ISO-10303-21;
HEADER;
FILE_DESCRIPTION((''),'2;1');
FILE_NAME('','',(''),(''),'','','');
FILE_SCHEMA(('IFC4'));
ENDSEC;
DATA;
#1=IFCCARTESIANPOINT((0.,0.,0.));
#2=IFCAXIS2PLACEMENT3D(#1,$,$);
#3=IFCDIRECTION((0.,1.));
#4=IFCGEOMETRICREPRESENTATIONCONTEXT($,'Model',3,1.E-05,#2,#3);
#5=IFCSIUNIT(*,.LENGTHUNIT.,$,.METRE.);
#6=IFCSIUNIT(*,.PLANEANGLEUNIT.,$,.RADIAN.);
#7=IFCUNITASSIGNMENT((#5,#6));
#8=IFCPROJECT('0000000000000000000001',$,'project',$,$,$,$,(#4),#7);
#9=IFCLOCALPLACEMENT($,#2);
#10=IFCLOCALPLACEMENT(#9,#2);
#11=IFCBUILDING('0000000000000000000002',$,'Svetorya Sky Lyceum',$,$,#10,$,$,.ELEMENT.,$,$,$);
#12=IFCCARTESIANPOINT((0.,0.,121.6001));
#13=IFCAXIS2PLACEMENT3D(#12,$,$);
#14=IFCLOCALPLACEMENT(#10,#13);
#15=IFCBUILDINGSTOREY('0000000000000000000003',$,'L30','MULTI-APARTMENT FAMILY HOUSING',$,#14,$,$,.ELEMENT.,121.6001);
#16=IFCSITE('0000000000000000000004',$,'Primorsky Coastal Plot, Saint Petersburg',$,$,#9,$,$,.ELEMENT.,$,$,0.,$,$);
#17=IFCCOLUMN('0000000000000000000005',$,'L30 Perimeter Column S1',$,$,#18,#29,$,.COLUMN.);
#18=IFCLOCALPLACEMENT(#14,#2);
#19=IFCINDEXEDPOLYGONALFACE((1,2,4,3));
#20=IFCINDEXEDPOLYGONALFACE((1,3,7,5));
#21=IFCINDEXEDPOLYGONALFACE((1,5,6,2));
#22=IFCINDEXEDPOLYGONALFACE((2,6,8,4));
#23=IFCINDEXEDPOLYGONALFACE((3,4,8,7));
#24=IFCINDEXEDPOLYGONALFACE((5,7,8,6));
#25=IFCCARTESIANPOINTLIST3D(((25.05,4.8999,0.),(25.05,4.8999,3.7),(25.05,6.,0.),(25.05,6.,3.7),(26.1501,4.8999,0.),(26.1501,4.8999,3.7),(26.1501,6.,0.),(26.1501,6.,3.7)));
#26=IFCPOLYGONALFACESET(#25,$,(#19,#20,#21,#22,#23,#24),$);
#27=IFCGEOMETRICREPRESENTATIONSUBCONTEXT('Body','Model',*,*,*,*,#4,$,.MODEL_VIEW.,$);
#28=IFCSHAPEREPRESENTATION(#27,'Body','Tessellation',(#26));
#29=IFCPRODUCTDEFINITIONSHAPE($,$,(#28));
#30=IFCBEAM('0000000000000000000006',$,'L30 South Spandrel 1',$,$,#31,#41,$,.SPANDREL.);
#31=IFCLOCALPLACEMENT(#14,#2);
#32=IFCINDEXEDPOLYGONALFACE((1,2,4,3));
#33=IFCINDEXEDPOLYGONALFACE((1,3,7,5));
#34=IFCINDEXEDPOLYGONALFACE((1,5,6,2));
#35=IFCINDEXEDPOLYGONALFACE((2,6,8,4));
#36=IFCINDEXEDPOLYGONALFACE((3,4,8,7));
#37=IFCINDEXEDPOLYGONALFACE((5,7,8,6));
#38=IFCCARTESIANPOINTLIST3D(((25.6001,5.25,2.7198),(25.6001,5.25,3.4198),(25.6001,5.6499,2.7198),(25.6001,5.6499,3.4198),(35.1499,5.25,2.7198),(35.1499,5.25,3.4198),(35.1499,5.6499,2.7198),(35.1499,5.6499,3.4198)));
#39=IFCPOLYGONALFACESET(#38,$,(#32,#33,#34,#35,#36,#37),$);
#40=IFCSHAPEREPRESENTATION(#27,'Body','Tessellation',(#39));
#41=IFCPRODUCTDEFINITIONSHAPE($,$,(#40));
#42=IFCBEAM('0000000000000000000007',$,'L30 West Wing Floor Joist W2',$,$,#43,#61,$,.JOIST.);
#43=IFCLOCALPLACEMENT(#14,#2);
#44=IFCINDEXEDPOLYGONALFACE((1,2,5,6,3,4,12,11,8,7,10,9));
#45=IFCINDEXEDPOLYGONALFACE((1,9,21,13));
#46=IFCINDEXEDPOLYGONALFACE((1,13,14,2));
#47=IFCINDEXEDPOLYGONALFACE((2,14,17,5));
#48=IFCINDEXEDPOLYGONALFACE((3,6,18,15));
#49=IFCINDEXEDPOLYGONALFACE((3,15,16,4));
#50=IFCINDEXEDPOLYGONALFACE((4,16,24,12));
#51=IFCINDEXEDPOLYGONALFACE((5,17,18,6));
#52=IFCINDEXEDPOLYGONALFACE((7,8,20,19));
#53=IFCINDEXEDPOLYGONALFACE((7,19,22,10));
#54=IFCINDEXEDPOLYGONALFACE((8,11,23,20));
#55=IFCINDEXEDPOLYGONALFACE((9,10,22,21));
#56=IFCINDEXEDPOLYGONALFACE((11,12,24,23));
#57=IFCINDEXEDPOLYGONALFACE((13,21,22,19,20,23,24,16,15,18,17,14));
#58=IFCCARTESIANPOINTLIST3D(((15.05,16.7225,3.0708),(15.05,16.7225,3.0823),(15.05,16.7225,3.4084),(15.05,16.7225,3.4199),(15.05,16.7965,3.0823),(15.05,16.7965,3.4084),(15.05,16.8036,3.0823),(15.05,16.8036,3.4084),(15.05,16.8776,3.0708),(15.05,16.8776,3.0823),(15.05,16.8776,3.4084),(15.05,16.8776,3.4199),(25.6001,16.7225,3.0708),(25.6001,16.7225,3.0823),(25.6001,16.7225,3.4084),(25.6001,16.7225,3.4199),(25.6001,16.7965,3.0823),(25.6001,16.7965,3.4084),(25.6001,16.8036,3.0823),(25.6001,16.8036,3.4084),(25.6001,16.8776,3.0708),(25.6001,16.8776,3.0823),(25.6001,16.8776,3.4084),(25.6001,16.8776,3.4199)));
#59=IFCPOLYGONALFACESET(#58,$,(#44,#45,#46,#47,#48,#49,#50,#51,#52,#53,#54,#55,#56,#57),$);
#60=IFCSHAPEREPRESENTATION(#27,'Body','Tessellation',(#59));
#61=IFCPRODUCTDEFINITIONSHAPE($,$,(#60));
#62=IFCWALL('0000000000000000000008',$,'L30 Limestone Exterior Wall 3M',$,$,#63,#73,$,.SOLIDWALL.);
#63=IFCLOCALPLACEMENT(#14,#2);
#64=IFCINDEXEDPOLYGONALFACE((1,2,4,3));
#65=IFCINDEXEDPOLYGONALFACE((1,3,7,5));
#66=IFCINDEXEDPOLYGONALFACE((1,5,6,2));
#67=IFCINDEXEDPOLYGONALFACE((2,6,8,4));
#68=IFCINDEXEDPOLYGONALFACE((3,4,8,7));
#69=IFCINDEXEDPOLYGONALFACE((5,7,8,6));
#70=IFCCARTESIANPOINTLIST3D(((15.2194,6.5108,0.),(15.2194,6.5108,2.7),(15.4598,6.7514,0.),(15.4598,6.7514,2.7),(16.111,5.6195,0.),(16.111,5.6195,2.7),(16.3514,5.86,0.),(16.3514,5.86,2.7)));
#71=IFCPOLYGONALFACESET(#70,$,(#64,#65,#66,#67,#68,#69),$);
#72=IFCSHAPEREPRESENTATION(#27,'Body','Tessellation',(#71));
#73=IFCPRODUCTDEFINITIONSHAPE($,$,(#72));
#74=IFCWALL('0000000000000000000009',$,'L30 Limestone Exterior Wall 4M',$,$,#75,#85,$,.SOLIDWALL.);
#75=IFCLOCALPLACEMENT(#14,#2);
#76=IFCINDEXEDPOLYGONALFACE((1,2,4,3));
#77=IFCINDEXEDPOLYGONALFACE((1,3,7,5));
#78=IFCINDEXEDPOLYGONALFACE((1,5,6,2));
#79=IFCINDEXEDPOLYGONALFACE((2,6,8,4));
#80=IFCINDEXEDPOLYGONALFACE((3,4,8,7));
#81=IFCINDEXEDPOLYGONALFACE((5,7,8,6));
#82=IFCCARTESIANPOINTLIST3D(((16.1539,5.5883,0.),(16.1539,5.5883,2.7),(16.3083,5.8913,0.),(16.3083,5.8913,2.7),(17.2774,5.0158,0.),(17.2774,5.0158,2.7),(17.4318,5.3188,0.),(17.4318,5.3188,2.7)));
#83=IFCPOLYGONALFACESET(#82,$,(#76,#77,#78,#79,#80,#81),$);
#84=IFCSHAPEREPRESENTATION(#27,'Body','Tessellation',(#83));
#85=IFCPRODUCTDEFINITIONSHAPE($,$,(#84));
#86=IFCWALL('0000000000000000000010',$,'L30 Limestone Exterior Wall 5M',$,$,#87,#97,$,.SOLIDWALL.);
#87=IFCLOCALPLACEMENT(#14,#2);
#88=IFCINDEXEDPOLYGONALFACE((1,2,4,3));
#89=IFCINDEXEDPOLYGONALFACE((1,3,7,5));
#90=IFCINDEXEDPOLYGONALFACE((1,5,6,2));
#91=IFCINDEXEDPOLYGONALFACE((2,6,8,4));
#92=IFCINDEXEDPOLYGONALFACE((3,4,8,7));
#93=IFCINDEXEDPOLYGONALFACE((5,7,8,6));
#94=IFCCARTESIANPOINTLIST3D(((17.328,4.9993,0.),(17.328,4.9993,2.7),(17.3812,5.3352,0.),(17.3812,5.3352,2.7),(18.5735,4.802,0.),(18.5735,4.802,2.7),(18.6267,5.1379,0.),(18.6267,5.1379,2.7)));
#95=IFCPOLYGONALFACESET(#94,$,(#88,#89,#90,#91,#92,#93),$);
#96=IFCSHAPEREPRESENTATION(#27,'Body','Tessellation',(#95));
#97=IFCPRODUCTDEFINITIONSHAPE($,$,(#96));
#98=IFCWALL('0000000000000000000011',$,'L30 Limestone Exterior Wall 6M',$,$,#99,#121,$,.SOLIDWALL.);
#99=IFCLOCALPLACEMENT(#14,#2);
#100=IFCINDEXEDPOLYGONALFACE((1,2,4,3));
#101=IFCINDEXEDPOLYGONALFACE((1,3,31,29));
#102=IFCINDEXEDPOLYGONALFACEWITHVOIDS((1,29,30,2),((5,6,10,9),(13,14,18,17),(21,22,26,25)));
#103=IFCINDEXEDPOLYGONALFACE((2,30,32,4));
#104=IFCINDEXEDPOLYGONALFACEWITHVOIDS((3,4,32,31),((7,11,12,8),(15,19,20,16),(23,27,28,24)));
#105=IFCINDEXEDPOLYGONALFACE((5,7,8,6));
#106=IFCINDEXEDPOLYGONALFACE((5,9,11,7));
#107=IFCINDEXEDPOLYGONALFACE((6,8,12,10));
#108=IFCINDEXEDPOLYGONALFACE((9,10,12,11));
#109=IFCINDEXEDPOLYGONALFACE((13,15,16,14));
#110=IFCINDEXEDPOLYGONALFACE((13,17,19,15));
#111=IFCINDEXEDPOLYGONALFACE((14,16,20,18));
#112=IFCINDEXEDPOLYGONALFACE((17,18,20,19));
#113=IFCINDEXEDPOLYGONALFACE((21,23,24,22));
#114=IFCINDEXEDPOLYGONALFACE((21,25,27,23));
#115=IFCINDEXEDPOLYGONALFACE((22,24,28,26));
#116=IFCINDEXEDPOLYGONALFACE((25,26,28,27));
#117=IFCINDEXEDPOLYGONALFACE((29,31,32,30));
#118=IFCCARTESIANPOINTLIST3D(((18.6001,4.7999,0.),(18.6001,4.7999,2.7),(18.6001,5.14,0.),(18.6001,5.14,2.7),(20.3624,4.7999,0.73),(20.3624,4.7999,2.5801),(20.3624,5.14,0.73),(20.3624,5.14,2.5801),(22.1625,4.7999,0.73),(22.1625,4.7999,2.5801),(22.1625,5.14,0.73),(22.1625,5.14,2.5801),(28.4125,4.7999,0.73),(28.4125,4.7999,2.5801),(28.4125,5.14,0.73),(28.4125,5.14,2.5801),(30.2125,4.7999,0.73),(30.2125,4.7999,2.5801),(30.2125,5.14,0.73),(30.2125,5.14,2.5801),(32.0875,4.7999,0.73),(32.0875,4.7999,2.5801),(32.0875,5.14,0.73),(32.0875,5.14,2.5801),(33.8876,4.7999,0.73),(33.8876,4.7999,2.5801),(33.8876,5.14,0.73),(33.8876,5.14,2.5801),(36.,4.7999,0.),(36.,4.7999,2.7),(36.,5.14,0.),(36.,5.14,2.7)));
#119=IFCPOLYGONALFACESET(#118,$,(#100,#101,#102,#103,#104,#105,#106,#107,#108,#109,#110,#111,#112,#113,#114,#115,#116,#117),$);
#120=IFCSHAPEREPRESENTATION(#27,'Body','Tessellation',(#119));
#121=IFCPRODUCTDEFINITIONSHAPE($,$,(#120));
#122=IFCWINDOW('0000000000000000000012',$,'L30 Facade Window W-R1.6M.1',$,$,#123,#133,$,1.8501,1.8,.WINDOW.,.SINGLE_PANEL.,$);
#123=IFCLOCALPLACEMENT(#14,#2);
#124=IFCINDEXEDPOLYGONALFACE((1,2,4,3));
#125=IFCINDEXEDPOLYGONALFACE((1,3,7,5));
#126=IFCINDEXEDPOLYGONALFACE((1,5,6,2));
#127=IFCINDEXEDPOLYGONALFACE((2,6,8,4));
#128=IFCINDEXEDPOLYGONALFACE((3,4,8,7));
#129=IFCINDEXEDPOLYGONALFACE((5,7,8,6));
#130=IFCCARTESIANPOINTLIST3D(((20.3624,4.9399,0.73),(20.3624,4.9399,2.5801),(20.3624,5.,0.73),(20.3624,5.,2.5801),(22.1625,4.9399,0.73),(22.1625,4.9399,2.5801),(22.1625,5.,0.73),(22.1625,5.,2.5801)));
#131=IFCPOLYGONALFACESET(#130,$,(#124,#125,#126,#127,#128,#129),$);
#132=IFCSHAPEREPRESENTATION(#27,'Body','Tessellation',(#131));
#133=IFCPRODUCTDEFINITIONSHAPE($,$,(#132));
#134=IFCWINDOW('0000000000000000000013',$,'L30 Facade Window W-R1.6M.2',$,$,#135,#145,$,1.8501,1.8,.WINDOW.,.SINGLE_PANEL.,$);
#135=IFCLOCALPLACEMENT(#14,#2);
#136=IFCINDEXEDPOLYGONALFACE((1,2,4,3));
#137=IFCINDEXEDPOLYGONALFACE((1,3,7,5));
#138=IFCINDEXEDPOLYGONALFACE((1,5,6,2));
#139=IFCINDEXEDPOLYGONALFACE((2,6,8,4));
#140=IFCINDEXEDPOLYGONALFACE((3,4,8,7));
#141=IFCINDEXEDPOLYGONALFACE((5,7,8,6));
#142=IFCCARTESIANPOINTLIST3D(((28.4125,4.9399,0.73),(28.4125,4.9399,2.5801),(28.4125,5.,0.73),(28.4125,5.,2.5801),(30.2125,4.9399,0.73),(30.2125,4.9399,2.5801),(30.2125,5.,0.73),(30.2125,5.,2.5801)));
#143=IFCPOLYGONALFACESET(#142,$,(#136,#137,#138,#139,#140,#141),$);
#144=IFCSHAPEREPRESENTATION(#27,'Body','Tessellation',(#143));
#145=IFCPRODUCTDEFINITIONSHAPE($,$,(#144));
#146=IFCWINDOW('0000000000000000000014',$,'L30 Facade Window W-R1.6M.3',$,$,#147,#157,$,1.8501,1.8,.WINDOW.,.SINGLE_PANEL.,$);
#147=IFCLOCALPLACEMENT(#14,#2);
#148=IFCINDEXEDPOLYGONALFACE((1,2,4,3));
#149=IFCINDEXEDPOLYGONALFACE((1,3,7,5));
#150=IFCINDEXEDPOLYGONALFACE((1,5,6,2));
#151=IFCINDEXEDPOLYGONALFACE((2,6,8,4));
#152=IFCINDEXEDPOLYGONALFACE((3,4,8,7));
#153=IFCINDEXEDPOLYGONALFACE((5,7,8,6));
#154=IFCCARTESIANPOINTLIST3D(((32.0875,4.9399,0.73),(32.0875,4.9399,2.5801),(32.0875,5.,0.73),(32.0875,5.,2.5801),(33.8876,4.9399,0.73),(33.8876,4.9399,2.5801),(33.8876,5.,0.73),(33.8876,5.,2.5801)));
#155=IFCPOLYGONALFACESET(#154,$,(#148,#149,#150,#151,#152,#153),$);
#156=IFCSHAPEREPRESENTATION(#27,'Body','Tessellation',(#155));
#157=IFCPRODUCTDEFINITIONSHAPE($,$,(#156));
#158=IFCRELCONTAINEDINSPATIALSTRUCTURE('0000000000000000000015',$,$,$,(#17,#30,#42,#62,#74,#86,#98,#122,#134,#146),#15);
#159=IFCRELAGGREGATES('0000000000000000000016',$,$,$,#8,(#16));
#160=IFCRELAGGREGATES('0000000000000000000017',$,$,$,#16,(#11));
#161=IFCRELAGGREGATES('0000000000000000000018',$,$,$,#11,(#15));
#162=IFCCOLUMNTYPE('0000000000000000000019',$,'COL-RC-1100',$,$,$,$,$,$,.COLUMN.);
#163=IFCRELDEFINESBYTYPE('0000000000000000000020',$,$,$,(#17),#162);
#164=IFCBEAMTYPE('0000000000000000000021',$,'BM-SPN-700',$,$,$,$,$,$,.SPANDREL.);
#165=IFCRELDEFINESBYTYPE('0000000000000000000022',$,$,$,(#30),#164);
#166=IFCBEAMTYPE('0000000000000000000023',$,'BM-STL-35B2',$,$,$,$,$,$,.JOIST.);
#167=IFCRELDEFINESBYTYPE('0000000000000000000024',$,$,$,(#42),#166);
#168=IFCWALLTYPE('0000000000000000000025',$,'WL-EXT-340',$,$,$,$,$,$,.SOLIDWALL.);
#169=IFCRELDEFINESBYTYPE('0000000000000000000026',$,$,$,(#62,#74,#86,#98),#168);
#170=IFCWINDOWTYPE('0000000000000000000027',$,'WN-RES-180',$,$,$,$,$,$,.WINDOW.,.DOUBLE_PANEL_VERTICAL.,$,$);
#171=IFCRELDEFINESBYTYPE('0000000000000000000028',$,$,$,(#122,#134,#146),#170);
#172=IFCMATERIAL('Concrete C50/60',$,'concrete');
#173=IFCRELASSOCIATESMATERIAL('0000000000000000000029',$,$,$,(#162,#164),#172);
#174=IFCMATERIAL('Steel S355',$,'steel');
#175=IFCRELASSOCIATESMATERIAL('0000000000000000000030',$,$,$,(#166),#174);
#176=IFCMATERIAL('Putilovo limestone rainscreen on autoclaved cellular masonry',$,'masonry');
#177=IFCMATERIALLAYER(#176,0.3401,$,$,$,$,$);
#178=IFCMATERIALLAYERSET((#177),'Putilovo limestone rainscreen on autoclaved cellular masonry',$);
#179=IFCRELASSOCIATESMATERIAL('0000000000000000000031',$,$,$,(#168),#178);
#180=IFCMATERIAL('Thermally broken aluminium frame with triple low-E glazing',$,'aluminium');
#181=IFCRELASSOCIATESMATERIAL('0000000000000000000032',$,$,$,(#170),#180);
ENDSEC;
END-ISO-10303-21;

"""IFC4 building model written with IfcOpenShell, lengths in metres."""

from ifc_helpers import new_model, si_unit, direction, frame, frame_2d, origin, origin_2d, place, context, subcontext, project, spatial, rectangle, i_section, extrude, material, layer, layer_set, material_profile, profile_set, type_object, element, fill, save


model = new_model("IFC4")

# Units and contexts
model_context = context("Model", 3, precision=1e-05, world=origin(), true_north=direction((0.0, 1.0)))
body_context = subcontext(model_context, "Body", "Model", "MODEL_VIEW")
ifc_project = project(units=[si_unit("LENGTHUNIT", "METRE"), si_unit("PLANEANGLEUNIT", "RADIAN")], contexts=[model_context])

# Site, building, storey
site_placement = place(None, origin())
site = spatial("IfcSite", under=ifc_project, at=site_placement, Name="Primorsky Coastal Plot, Saint Petersburg", CompositionType="ELEMENT", RefElevation=0.0)
building_placement = place(site_placement, origin())
building = spatial("IfcBuilding", under=site, at=building_placement, Name="Svetorya Sky Lyceum", CompositionType="ELEMENT")
storey_placement = place(building_placement, frame((0.0, 0.0, 121.6001)))
storey = spatial("IfcBuildingStorey", under=building, at=storey_placement, Name="L30", Description="MULTI-APARTMENT FAMILY HOUSING", CompositionType="ELEMENT", Elevation=121.6001)

# Column
ifc_material_1 = material(Name="Concrete C50/60", Category="concrete")
ifc_material_profile_1 = material_profile(ifc_material_1, rectangle(XDim=1.1001, YDim=1.1001, at=origin_2d()), Name="RC COL 1100x1100")
ifc_profile_set_1 = profile_set([ifc_material_profile_1], Name="Concrete C50/60")
column_type = type_object("IfcColumnType", Name="COL-RC-1100", PredefinedType="COLUMN", material=ifc_profile_set_1)
column_placement = place(storey_placement, frame((25.6001, 5.45, 0.0), z_axis=(0.0, 0.0, 1.0), x_axis=(1.0, 0.0, 0.0)))
element("IfcColumn", 1, at=column_placement, inside=storey, type_object=column_type, Name="L30 Perimeter Column S1", PredefinedType="COLUMN", context=body_context, shape_type="SweptSolid", body=[
    extrude(rectangle(XDim=1.1001, YDim=1.1001, at=origin_2d()), origin(), (0.0, 0.0, 1.0), 3.7),
])

# Beams
ifc_material_profile_2 = material_profile(ifc_material_1, rectangle(XDim=0.3999, YDim=0.7, at=origin_2d()), Name="RC SPANDREL 400x700")
ifc_profile_set_2 = profile_set([ifc_material_profile_2], Name="Concrete C50/60")
beam_type_1 = type_object("IfcBeamType", Name="BM-SPN-700", PredefinedType="SPANDREL", material=ifc_profile_set_2)
beam_1_placement = place(storey_placement, frame((25.6001, 5.45, 3.0698), z_axis=(1.0, 0.0, 0.0), x_axis=(0.0, 1.0, 0.0)))
element("IfcBeam", 2, at=beam_1_placement, inside=storey, type_object=beam_type_1, Name="L30 South Spandrel 1", PredefinedType="SPANDREL", context=body_context, shape_type="SweptSolid", body=[
    extrude(rectangle(XDim=0.3999, YDim=0.7, at=origin_2d()), origin(), (0.0, 0.0, 1.0), 9.5498),
])
ifc_material_2 = material(Name="Steel S355", Category="steel")
ifc_material_profile_3 = material_profile(ifc_material_2, i_section(OverallWidth=0.155, OverallDepth=0.3491, WebThickness=0.0071, FlangeThickness=0.0115, at=origin_2d()), Name="GOST 35B2")
ifc_profile_set_3 = profile_set([ifc_material_profile_3], Name="Steel S355")
beam_type_2 = type_object("IfcBeamType", Name="BM-STL-35B2", PredefinedType="JOIST", material=ifc_profile_set_3)
beam_2_placement = place(storey_placement, frame((15.05, 16.8, 3.2454), z_axis=(1.0, 0.0, 0.0), x_axis=(0.0, 1.0, 0.0)))
element("IfcBeam", 3, at=beam_2_placement, inside=storey, type_object=beam_type_2, Name="L30 West Wing Floor Joist W2", PredefinedType="JOIST", context=body_context, shape_type="SweptSolid", body=[
    extrude(i_section(OverallWidth=0.155, OverallDepth=0.3491, WebThickness=0.0071, FlangeThickness=0.0115, at=origin_2d()), origin(), (0.0, 0.0, 1.0), 10.55),
])

# Walls
ifc_material_3 = material(Name="Putilovo limestone rainscreen on autoclaved cellular masonry", Category="masonry")
ifc_layer_1 = layer(ifc_material_3, 0.3401)
ifc_layer_set_1 = layer_set([ifc_layer_1], Name="Putilovo limestone rainscreen on autoclaved cellular masonry")
wall_type_1 = type_object("IfcWallType", Name="WL-EXT-340", PredefinedType="SOLIDWALL", material=ifc_layer_set_1)
wall_1_placement = place(storey_placement, frame((15.3396, 6.6311, 0.0), z_axis=(0.0, 0.0, 1.0), x_axis=(0.707204, -0.70701, 0.0)))
element("IfcWall", 4, at=wall_1_placement, inside=storey, type_object=wall_type_1, Name="L30 Limestone Exterior Wall 3M", PredefinedType="SOLIDWALL", context=body_context, shape_type="SweptSolid", body=[
    extrude(rectangle(XDim=1.2607, YDim=0.3401, at=frame_2d((0.6304, 0.0))), origin(), (0.0, 0.0, 1.0), 2.7),
])
for number, where, z_axis, x_axis, name in (
    (5, (16.2312, 5.7397, 0.0), (0.0, 0.0, 1.0), (0.890994, -0.454016, 0.0), "L30 Limestone Exterior Wall 4M"),
    (6, (17.3547, 5.1672, 0.0), (0.0, 0.0, 1.0), (0.987686, -0.15645, 0.0), "L30 Limestone Exterior Wall 5M"),
):
    element("IfcWall", number, at=place(storey_placement, frame(where, z_axis=z_axis, x_axis=x_axis)), inside=storey, type_object=wall_type_1, Name=name, PredefinedType="SOLIDWALL", context=body_context, shape_type="SweptSolid", body=[
        extrude(rectangle(XDim=1.261, YDim=0.3401, at=frame_2d((0.6304, 0.0))), origin(), (0.0, 0.0, 1.0), 2.7),
    ])

# Wall, openings, windows
wall_2_placement = place(storey_placement, frame((18.6001, 4.97, 0.0), z_axis=(0.0, 0.0, 1.0), x_axis=(1.0, 0.0, 0.0)))
wall_2 = element("IfcWall", 7, at=wall_2_placement, inside=storey, type_object=wall_type_1, Name="L30 Limestone Exterior Wall 6M", PredefinedType="SOLIDWALL", context=body_context, shape_type="SweptSolid", body=[
    extrude(rectangle(XDim=17.3999, YDim=0.3401, at=frame_2d((8.7, 0.0))), origin(), (0.0, 0.0, 1.0), 2.7),
])
opening_1_placement = place(wall_2_placement, frame((1.7625, 0.0, 0.73)))
opening_1 = element("IfcOpeningElement", 8, at=opening_1_placement, cuts=wall_2, PredefinedType="OPENING", context=body_context, shape_type="SweptSolid", body=[
    extrude(rectangle(XDim=1.8, YDim=1.8501, at=frame_2d((0.8999, 0.925))), frame((0.0, 0.1799, 0.0), z_axis=(0.0, -1.0, 0.0), x_axis=(1.0, 0.0, 0.0)), (0.0, 0.0, 1.0), 0.3601),
])
opening_2_placement = place(wall_2_placement, frame((9.8125, 0.0, 0.73)))
opening_2 = element("IfcOpeningElement", 9, at=opening_2_placement, cuts=wall_2, PredefinedType="OPENING", context=body_context, shape_type="SweptSolid", body=[
    extrude(rectangle(XDim=1.8, YDim=1.8501, at=frame_2d((0.8999, 0.925))), frame((0.0, 0.1799, 0.0), z_axis=(0.0, -1.0, 0.0), x_axis=(1.0, 0.0, 0.0)), (0.0, 0.0, 1.0), 0.3601),
])
opening_3_placement = place(wall_2_placement, frame((13.4875, 0.0, 0.73)))
opening_3 = element("IfcOpeningElement", 10, at=opening_3_placement, cuts=wall_2, PredefinedType="OPENING", context=body_context, shape_type="SweptSolid", body=[
    extrude(rectangle(XDim=1.8, YDim=1.8501, at=frame_2d((0.8999, 0.925))), frame((0.0, 0.1799, 0.0), z_axis=(0.0, -1.0, 0.0), x_axis=(1.0, 0.0, 0.0)), (0.0, 0.0, 1.0), 0.3601),
])
ifc_material_4 = material(Name="Thermally broken aluminium frame with triple low-E glazing", Category="aluminium")
window_type = type_object("IfcWindowType", Name="WN-RES-180", PartitioningType="DOUBLE_PANEL_VERTICAL", PredefinedType="WINDOW", material=ifc_material_4)
window_1_placement = place(opening_1_placement, origin())
window_1 = element("IfcWindow", 11, at=window_1_placement, inside=storey, type_object=window_type, Name="L30 Facade Window W-R1.6M.1", OverallHeight=1.8501, OverallWidth=1.8, PartitioningType="SINGLE_PANEL", PredefinedType="WINDOW", context=body_context, shape_type="SweptSolid", body=[
    extrude(rectangle(XDim=1.8, YDim=1.8501, at=frame_2d((0.8999, 0.925))), frame((0.0, 0.03, 0.0), z_axis=(0.0, -1.0, 0.0), x_axis=(1.0, 0.0, 0.0)), (0.0, 0.0, 1.0), 0.0601),
])
fill(opening_1, window_1)
window_2_placement = place(opening_2_placement, origin())
window_2 = element("IfcWindow", 12, at=window_2_placement, inside=storey, type_object=window_type, Name="L30 Facade Window W-R1.6M.2", OverallHeight=1.8501, OverallWidth=1.8, PartitioningType="SINGLE_PANEL", PredefinedType="WINDOW", context=body_context, shape_type="SweptSolid", body=[
    extrude(rectangle(XDim=1.8, YDim=1.8501, at=frame_2d((0.8999, 0.925))), frame((0.0, 0.03, 0.0), z_axis=(0.0, -1.0, 0.0), x_axis=(1.0, 0.0, 0.0)), (0.0, 0.0, 1.0), 0.0601),
])
fill(opening_2, window_2)
window_3_placement = place(opening_3_placement, origin())
window_3 = element("IfcWindow", 13, at=window_3_placement, inside=storey, type_object=window_type, Name="L30 Facade Window W-R1.6M.3", OverallHeight=1.8501, OverallWidth=1.8, PartitioningType="SINGLE_PANEL", PredefinedType="WINDOW", context=body_context, shape_type="SweptSolid", body=[
    extrude(rectangle(XDim=1.8, YDim=1.8501, at=frame_2d((0.8999, 0.925))), frame((0.0, 0.03, 0.0), z_axis=(0.0, -1.0, 0.0), x_axis=(1.0, 0.0, 0.0)), (0.0, 0.0, 1.0), 0.0601),
])
fill(opening_3, window_3)

save(model, "model.ifc")
